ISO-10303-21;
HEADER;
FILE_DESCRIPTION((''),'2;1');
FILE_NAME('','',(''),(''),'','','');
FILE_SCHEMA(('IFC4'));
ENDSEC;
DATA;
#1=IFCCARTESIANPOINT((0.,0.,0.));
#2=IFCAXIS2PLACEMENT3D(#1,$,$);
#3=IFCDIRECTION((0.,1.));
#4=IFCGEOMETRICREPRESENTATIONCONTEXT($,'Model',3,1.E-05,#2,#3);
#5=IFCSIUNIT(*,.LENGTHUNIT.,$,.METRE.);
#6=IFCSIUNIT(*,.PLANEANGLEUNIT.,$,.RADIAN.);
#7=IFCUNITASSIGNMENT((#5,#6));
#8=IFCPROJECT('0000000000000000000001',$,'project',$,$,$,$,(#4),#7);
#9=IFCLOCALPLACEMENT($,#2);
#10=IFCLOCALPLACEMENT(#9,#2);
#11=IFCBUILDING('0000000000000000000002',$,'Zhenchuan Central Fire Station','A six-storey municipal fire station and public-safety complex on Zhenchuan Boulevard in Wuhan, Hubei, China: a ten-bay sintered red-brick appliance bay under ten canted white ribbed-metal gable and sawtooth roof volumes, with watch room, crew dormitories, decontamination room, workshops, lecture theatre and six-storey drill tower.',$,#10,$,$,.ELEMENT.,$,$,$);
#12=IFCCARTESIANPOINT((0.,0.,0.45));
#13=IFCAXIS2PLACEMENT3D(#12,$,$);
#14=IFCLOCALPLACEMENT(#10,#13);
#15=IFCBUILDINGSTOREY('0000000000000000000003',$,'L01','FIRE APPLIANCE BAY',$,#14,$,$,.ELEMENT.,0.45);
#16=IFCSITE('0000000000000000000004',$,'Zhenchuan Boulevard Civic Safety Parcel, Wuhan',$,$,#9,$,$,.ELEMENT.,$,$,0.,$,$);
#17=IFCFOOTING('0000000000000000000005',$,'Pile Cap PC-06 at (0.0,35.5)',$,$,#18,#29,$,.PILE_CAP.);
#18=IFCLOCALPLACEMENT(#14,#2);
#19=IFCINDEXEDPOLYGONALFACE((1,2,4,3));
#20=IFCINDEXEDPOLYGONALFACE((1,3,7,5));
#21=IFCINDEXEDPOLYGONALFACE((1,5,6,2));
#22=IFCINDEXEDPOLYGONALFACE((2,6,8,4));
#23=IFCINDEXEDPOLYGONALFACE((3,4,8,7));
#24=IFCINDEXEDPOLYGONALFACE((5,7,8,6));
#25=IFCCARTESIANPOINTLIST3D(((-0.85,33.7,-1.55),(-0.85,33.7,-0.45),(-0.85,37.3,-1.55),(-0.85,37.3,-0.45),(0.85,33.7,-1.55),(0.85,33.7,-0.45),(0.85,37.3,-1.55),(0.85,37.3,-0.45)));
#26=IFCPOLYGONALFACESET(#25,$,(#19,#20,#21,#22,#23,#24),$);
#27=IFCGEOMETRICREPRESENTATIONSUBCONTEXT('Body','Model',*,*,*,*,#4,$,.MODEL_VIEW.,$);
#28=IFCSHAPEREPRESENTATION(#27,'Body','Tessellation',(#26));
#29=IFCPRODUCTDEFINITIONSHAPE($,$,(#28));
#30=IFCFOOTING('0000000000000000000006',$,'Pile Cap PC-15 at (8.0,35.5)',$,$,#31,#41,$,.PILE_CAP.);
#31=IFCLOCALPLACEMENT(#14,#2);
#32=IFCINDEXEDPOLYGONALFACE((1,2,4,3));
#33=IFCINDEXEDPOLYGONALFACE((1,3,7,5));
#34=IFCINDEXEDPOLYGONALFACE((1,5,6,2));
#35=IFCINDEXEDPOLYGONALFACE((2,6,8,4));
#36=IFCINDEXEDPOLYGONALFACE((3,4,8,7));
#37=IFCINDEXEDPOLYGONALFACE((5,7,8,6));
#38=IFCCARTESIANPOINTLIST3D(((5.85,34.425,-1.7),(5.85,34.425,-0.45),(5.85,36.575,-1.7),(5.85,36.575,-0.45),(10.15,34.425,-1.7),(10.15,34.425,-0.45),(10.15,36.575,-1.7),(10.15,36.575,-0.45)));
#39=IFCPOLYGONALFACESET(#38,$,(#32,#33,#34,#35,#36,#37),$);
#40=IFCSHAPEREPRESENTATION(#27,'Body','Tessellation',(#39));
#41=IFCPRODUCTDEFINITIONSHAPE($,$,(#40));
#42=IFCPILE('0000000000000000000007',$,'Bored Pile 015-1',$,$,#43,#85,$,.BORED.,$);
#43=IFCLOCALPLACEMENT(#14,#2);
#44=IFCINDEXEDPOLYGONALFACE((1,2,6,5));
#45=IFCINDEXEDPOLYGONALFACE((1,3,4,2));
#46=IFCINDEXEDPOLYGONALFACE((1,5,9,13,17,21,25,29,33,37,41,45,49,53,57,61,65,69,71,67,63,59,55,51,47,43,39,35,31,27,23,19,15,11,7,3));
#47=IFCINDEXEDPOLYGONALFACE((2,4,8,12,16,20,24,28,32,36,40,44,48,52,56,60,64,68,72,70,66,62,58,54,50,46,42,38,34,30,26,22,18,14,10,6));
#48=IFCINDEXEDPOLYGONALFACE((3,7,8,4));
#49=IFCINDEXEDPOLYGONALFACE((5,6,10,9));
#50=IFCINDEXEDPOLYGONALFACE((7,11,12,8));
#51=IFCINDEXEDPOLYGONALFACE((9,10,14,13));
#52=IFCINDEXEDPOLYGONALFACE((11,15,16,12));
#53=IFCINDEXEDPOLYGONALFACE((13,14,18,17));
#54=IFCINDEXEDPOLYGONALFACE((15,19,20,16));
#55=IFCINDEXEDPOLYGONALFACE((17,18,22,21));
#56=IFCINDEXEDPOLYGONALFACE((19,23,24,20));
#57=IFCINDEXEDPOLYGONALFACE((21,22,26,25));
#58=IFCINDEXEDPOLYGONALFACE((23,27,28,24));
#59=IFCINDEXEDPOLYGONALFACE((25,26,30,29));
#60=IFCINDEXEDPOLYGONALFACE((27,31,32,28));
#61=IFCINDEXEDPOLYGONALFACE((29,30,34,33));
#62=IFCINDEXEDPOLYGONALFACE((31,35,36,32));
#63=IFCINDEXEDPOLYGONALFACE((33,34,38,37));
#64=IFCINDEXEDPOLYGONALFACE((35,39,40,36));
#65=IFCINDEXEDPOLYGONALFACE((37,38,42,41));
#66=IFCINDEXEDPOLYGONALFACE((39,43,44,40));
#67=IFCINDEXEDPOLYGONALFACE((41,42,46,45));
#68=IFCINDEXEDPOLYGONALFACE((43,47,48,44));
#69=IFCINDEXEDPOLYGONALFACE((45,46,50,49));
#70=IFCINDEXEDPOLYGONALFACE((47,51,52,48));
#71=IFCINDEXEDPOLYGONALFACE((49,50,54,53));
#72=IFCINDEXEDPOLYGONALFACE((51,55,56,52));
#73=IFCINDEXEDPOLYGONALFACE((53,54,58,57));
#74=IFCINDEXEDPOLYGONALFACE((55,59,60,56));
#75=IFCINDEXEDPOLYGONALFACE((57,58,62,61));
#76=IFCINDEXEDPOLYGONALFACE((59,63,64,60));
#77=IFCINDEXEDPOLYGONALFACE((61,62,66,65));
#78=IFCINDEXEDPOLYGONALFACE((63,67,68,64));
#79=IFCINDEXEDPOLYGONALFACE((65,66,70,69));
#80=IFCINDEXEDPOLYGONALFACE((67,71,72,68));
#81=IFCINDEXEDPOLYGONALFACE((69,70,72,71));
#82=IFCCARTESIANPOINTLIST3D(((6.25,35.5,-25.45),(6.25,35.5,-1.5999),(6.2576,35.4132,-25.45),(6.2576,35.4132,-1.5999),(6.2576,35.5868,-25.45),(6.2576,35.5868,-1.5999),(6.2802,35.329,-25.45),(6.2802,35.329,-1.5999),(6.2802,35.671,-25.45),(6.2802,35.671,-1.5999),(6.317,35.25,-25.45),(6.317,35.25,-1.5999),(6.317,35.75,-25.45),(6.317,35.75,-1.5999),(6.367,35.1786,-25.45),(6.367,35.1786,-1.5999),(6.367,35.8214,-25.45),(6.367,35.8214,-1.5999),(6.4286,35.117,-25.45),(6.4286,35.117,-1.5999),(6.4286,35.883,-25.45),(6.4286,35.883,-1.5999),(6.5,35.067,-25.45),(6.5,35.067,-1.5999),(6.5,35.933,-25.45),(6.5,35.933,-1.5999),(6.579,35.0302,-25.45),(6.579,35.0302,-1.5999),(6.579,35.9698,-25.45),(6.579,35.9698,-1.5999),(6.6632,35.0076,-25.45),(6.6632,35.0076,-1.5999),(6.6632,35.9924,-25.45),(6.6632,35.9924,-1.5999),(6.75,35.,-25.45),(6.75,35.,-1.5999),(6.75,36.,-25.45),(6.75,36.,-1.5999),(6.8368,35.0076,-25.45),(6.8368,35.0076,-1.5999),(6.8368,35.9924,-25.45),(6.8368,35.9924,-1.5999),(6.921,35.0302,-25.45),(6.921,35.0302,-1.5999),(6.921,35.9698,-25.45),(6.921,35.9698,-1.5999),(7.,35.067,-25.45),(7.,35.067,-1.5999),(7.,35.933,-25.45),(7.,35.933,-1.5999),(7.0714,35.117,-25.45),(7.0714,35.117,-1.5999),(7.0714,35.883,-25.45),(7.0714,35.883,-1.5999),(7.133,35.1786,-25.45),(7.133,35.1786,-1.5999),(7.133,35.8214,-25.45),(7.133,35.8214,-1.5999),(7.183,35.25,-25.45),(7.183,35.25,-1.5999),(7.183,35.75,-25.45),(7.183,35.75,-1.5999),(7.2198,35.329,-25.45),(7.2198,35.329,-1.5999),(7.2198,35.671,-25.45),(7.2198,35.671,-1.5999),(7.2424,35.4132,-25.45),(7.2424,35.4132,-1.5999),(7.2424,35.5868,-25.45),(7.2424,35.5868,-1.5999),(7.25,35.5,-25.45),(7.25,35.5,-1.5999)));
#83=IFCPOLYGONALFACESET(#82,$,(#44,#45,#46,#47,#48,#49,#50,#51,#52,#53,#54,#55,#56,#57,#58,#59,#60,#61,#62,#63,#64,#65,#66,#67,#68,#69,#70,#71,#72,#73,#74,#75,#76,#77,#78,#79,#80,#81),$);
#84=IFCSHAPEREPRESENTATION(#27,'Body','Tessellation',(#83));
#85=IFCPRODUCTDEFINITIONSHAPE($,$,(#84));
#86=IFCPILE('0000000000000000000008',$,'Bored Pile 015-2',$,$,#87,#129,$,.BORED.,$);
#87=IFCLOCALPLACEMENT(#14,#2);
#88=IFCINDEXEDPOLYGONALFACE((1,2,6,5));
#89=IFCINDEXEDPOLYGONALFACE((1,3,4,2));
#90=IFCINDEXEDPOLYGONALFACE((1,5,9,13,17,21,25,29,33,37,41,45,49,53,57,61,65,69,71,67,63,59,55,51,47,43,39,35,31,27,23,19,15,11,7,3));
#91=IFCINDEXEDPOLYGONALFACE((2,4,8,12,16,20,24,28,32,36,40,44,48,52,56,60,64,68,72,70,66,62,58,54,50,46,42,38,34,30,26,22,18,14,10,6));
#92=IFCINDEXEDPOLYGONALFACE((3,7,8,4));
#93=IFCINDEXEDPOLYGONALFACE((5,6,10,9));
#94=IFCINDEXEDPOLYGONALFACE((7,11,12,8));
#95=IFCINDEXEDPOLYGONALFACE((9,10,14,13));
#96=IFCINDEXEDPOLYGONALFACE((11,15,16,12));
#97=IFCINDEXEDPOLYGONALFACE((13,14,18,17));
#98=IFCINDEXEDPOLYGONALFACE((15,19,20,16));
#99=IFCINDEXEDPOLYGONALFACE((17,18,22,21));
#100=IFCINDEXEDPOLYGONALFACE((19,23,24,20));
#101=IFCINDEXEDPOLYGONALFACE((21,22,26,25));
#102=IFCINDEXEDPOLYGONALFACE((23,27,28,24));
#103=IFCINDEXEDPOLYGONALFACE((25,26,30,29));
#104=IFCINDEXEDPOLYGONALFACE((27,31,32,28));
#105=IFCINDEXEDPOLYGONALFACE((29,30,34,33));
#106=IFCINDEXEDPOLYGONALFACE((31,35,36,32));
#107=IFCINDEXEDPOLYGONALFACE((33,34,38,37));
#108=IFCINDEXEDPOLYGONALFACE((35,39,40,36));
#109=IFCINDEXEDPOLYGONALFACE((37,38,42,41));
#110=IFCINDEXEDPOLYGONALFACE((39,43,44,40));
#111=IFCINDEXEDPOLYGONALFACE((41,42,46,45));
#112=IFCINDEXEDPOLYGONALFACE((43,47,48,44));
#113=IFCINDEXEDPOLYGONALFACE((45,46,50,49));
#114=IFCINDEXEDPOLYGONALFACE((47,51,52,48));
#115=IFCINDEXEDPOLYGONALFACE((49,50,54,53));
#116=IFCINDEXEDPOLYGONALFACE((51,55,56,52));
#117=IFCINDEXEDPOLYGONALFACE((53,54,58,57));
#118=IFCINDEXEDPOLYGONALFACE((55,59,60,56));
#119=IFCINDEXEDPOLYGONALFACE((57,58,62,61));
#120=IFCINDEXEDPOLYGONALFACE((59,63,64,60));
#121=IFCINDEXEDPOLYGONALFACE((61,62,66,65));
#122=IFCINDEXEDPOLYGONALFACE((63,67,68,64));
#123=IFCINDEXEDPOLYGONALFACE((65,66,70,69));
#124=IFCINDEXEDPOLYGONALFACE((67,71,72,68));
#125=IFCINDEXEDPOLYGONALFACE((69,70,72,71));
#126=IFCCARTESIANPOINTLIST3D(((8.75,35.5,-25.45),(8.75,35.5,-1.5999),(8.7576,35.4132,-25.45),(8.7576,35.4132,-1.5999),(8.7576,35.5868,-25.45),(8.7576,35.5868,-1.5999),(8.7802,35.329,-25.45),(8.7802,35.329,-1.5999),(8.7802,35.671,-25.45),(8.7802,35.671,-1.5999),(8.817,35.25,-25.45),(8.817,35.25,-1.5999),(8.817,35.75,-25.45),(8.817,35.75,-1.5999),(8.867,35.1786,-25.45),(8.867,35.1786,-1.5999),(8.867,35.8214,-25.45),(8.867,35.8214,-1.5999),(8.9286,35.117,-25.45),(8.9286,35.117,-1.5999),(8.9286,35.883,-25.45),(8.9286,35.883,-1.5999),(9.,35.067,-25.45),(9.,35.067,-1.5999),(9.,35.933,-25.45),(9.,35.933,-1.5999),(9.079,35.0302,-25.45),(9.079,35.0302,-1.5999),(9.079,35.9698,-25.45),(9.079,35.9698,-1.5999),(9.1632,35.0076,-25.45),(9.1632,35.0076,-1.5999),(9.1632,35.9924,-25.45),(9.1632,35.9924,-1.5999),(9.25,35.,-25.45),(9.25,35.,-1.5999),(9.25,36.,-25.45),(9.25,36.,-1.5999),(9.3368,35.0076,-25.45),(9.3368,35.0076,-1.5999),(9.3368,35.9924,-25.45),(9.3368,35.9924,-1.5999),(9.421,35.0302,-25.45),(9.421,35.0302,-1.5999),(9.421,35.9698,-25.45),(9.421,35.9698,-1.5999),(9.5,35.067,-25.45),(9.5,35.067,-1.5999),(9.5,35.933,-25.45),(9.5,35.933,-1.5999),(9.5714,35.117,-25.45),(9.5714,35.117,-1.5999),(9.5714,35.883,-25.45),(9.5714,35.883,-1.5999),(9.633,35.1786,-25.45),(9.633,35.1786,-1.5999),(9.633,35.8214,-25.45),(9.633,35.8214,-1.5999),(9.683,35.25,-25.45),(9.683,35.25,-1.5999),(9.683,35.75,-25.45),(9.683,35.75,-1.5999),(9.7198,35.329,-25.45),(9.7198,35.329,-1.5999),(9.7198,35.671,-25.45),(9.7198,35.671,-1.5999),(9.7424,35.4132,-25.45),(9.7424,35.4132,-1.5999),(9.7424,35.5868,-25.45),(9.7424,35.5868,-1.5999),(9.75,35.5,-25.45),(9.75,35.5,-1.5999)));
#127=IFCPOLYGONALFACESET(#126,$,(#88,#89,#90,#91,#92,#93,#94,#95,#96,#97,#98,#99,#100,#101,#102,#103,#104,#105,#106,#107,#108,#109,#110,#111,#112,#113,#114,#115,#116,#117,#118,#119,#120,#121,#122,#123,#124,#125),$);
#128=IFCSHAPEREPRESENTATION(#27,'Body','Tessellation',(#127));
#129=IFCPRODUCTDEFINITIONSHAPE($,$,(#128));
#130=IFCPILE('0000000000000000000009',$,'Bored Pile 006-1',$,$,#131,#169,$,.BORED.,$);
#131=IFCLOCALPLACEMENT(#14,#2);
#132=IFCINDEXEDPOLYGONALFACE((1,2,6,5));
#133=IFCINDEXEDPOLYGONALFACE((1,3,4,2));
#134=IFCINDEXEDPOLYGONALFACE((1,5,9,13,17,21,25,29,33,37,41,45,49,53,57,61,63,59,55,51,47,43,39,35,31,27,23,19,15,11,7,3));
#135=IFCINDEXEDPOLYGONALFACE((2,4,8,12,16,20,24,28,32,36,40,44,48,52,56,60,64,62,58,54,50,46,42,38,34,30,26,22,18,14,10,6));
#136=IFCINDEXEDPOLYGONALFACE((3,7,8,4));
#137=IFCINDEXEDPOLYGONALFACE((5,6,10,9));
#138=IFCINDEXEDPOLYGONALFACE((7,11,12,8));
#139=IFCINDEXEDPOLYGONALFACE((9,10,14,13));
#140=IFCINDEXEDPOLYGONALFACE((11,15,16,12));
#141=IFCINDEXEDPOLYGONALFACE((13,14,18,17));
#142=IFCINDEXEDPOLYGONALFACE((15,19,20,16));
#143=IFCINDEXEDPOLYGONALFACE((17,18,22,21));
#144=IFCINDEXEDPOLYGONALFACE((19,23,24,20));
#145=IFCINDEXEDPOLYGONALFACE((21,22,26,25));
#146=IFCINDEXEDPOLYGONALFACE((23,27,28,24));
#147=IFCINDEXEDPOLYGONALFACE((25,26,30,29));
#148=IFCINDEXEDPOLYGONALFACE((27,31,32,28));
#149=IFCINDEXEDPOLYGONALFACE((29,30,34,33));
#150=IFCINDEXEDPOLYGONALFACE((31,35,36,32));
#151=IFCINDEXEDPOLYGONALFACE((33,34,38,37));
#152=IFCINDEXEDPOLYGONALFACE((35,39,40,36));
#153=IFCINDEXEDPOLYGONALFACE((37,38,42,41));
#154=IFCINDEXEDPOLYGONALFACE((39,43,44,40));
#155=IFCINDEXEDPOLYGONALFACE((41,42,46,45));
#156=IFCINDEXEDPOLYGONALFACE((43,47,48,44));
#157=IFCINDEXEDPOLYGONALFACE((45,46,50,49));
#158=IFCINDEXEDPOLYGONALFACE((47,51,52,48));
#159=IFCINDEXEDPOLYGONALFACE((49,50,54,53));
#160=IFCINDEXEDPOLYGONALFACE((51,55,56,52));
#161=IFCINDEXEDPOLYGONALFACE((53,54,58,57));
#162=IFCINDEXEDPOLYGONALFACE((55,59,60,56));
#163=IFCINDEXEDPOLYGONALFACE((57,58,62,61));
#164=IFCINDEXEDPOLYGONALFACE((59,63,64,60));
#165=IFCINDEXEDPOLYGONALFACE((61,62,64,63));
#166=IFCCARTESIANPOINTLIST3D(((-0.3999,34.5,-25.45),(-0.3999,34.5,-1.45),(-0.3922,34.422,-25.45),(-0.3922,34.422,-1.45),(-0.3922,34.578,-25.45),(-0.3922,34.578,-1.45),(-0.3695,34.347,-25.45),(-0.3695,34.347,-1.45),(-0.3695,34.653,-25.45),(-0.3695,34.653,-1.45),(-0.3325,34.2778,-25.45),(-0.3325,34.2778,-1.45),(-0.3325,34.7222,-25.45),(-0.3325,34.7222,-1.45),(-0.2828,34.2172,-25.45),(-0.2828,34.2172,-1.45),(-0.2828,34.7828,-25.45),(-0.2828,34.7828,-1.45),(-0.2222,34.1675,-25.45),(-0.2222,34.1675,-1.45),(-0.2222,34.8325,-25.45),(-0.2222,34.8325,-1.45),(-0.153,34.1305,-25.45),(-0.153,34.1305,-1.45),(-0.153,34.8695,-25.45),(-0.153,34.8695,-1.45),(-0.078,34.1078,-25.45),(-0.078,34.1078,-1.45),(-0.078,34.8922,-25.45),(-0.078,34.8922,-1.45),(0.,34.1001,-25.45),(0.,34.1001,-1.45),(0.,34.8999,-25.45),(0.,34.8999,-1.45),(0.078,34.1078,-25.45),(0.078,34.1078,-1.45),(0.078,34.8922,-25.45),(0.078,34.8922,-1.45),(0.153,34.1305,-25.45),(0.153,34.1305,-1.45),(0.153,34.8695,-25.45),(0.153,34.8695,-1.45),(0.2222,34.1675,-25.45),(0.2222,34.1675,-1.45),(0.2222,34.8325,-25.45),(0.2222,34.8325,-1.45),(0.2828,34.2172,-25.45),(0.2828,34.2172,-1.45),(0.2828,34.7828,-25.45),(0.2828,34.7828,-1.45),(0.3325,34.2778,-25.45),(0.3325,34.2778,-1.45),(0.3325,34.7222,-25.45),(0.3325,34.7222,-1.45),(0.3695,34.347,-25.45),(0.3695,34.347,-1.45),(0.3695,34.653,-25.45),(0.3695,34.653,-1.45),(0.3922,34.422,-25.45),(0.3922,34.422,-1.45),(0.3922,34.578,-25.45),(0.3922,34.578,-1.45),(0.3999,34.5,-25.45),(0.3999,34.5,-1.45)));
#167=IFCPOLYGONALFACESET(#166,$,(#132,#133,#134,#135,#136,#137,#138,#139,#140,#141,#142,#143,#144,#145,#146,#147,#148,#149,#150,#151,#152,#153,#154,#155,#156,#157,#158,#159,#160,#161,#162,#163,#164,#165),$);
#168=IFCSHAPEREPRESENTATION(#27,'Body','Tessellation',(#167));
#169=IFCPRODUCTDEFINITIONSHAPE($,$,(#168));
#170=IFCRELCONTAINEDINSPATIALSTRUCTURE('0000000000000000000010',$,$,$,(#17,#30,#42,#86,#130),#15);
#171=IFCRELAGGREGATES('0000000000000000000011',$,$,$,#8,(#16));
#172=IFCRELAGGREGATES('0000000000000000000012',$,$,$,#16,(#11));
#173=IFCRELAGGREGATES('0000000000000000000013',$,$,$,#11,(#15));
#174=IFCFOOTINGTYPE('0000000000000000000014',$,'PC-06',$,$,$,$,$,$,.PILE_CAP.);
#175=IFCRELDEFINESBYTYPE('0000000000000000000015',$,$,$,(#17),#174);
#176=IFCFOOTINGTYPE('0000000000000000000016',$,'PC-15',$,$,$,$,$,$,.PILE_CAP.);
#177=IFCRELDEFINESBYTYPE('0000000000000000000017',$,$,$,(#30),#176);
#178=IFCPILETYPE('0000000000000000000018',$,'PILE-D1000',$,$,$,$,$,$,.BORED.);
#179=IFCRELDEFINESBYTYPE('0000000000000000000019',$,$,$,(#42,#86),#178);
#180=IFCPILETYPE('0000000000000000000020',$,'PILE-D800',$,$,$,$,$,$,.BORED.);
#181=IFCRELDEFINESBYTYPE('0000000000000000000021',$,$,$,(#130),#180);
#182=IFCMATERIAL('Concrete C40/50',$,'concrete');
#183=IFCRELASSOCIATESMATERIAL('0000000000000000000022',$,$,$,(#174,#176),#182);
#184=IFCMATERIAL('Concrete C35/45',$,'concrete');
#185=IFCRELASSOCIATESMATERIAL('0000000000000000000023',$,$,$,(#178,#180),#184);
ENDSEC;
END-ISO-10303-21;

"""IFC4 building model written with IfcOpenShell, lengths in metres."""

from ifc_helpers import new_model, si_unit, direction, frame, origin, origin_2d, place, context, subcontext, project, spatial, rectangle, circle, extrude, material, material_profile, profile_set, type_object, element, save


model = new_model("IFC4")

# Units and contexts
model_context = context("Model", 3, precision=1e-05, world=origin(), true_north=direction((0.0, 1.0)))
body_context = subcontext(model_context, "Body", "Model", "MODEL_VIEW")
ifc_project = project(units=[si_unit("LENGTHUNIT", "METRE"), si_unit("PLANEANGLEUNIT", "RADIAN")], contexts=[model_context])

# Site, building, storey
site_placement = place(None, origin())
site = spatial("IfcSite", under=ifc_project, at=site_placement, Name="Zhenchuan Boulevard Civic Safety Parcel, Wuhan", CompositionType="ELEMENT", RefElevation=0.0)
building_placement = place(site_placement, origin())
building = spatial("IfcBuilding", under=site, at=building_placement, Name="Zhenchuan Central Fire Station", Description="A six-storey municipal fire station and public-safety complex on Zhenchuan Boulevard in Wuhan, Hubei, China: a ten-bay sintered red-brick appliance bay under ten canted white ribbed-metal gable and sawtooth roof volumes, with watch room, crew dormitories, decontamination room, workshops, lecture theatre and six-storey drill tower.", CompositionType="ELEMENT")
storey_placement = place(building_placement, frame((0.0, 0.0, 0.45)))
storey = spatial("IfcBuildingStorey", under=building, at=storey_placement, Name="L01", Description="FIRE APPLIANCE BAY", CompositionType="ELEMENT", Elevation=0.45)

# Footings
ifc_material_1 = material(Name="Concrete C40/50", Category="concrete")
footing_type_1 = type_object("IfcFootingType", Name="PC-06", PredefinedType="PILE_CAP", material=ifc_material_1)
footing_1_placement = place(storey_placement, frame((0.0, 35.5, -1.55), z_axis=(0.0, 0.0, 1.0), x_axis=(1.0, 0.0, 0.0)))
element("IfcFooting", 1, at=footing_1_placement, inside=storey, type_object=footing_type_1, Name="Pile Cap PC-06 at (0.0,35.5)", PredefinedType="PILE_CAP", context=body_context, shape_type="SweptSolid", body=[
    extrude(rectangle(XDim=1.7, YDim=3.6001, at=origin_2d()), origin(), (0.0, 0.0, 1.0), 1.1001),
])
footing_type_2 = type_object("IfcFootingType", Name="PC-15", PredefinedType="PILE_CAP", material=ifc_material_1)
footing_2_placement = place(storey_placement, frame((8.0, 35.5, -1.7), z_axis=(0.0, 0.0, 1.0), x_axis=(1.0, 0.0, 0.0)))
element("IfcFooting", 2, at=footing_2_placement, inside=storey, type_object=footing_type_2, Name="Pile Cap PC-15 at (8.0,35.5)", PredefinedType="PILE_CAP", context=body_context, shape_type="SweptSolid", body=[
    extrude(rectangle(XDim=4.3, YDim=2.1499, at=origin_2d()), origin(), (0.0, 0.0, 1.0), 1.25),
])

# Piles
ifc_material_2 = material(Name="Concrete C35/45", Category="concrete")
ifc_material_profile_1 = material_profile(ifc_material_2, circle(Radius=0.5, at=origin_2d()), Name="PILE D1000")
ifc_profile_set_1 = profile_set([ifc_material_profile_1], Name="Concrete C35/45")
pile_type_1 = type_object("IfcPileType", Name="PILE-D1000", PredefinedType="BORED", material=ifc_profile_set_1)
for number, where, z_axis, x_axis, name in (
    (3, (6.75, 35.5, -1.5999), (0.0, 0.0, -1.0), (1.0, 0.0, 0.0), "Bored Pile 015-1"),
    (4, (9.25, 35.5, -1.5999), (0.0, 0.0, -1.0), (1.0, 0.0, 0.0), "Bored Pile 015-2"),
):
    element("IfcPile", number, at=place(storey_placement, frame(where, z_axis=z_axis, x_axis=x_axis)), inside=storey, type_object=pile_type_1, Name=name, PredefinedType="BORED", context=body_context, shape_type="SweptSolid", body=[
        extrude(circle(Radius=0.5, at=origin_2d()), origin(), (0.0, 0.0, 1.0), 23.8501),
    ])
ifc_material_profile_2 = material_profile(ifc_material_2, circle(Radius=0.3999, at=origin_2d()), Name="PILE D800")
ifc_profile_set_2 = profile_set([ifc_material_profile_2], Name="Concrete C35/45")
pile_type_2 = type_object("IfcPileType", Name="PILE-D800", PredefinedType="BORED", material=ifc_profile_set_2)
for number, where, z_axis, x_axis, name in (
    (5, (0.0, 34.5, -1.45), (0.0, 0.0, -1.0), (1.0, 0.0, 0.0), "Bored Pile 006-1"),
):
    element("IfcPile", number, at=place(storey_placement, frame(where, z_axis=z_axis, x_axis=x_axis)), inside=storey, type_object=pile_type_2, Name=name, PredefinedType="BORED", context=body_context, shape_type="SweptSolid", body=[
        extrude(circle(Radius=0.3999, at=origin_2d()), origin(), (0.0, 0.0, 1.0), 24.0),
    ])

save(model, "model.ifc")
